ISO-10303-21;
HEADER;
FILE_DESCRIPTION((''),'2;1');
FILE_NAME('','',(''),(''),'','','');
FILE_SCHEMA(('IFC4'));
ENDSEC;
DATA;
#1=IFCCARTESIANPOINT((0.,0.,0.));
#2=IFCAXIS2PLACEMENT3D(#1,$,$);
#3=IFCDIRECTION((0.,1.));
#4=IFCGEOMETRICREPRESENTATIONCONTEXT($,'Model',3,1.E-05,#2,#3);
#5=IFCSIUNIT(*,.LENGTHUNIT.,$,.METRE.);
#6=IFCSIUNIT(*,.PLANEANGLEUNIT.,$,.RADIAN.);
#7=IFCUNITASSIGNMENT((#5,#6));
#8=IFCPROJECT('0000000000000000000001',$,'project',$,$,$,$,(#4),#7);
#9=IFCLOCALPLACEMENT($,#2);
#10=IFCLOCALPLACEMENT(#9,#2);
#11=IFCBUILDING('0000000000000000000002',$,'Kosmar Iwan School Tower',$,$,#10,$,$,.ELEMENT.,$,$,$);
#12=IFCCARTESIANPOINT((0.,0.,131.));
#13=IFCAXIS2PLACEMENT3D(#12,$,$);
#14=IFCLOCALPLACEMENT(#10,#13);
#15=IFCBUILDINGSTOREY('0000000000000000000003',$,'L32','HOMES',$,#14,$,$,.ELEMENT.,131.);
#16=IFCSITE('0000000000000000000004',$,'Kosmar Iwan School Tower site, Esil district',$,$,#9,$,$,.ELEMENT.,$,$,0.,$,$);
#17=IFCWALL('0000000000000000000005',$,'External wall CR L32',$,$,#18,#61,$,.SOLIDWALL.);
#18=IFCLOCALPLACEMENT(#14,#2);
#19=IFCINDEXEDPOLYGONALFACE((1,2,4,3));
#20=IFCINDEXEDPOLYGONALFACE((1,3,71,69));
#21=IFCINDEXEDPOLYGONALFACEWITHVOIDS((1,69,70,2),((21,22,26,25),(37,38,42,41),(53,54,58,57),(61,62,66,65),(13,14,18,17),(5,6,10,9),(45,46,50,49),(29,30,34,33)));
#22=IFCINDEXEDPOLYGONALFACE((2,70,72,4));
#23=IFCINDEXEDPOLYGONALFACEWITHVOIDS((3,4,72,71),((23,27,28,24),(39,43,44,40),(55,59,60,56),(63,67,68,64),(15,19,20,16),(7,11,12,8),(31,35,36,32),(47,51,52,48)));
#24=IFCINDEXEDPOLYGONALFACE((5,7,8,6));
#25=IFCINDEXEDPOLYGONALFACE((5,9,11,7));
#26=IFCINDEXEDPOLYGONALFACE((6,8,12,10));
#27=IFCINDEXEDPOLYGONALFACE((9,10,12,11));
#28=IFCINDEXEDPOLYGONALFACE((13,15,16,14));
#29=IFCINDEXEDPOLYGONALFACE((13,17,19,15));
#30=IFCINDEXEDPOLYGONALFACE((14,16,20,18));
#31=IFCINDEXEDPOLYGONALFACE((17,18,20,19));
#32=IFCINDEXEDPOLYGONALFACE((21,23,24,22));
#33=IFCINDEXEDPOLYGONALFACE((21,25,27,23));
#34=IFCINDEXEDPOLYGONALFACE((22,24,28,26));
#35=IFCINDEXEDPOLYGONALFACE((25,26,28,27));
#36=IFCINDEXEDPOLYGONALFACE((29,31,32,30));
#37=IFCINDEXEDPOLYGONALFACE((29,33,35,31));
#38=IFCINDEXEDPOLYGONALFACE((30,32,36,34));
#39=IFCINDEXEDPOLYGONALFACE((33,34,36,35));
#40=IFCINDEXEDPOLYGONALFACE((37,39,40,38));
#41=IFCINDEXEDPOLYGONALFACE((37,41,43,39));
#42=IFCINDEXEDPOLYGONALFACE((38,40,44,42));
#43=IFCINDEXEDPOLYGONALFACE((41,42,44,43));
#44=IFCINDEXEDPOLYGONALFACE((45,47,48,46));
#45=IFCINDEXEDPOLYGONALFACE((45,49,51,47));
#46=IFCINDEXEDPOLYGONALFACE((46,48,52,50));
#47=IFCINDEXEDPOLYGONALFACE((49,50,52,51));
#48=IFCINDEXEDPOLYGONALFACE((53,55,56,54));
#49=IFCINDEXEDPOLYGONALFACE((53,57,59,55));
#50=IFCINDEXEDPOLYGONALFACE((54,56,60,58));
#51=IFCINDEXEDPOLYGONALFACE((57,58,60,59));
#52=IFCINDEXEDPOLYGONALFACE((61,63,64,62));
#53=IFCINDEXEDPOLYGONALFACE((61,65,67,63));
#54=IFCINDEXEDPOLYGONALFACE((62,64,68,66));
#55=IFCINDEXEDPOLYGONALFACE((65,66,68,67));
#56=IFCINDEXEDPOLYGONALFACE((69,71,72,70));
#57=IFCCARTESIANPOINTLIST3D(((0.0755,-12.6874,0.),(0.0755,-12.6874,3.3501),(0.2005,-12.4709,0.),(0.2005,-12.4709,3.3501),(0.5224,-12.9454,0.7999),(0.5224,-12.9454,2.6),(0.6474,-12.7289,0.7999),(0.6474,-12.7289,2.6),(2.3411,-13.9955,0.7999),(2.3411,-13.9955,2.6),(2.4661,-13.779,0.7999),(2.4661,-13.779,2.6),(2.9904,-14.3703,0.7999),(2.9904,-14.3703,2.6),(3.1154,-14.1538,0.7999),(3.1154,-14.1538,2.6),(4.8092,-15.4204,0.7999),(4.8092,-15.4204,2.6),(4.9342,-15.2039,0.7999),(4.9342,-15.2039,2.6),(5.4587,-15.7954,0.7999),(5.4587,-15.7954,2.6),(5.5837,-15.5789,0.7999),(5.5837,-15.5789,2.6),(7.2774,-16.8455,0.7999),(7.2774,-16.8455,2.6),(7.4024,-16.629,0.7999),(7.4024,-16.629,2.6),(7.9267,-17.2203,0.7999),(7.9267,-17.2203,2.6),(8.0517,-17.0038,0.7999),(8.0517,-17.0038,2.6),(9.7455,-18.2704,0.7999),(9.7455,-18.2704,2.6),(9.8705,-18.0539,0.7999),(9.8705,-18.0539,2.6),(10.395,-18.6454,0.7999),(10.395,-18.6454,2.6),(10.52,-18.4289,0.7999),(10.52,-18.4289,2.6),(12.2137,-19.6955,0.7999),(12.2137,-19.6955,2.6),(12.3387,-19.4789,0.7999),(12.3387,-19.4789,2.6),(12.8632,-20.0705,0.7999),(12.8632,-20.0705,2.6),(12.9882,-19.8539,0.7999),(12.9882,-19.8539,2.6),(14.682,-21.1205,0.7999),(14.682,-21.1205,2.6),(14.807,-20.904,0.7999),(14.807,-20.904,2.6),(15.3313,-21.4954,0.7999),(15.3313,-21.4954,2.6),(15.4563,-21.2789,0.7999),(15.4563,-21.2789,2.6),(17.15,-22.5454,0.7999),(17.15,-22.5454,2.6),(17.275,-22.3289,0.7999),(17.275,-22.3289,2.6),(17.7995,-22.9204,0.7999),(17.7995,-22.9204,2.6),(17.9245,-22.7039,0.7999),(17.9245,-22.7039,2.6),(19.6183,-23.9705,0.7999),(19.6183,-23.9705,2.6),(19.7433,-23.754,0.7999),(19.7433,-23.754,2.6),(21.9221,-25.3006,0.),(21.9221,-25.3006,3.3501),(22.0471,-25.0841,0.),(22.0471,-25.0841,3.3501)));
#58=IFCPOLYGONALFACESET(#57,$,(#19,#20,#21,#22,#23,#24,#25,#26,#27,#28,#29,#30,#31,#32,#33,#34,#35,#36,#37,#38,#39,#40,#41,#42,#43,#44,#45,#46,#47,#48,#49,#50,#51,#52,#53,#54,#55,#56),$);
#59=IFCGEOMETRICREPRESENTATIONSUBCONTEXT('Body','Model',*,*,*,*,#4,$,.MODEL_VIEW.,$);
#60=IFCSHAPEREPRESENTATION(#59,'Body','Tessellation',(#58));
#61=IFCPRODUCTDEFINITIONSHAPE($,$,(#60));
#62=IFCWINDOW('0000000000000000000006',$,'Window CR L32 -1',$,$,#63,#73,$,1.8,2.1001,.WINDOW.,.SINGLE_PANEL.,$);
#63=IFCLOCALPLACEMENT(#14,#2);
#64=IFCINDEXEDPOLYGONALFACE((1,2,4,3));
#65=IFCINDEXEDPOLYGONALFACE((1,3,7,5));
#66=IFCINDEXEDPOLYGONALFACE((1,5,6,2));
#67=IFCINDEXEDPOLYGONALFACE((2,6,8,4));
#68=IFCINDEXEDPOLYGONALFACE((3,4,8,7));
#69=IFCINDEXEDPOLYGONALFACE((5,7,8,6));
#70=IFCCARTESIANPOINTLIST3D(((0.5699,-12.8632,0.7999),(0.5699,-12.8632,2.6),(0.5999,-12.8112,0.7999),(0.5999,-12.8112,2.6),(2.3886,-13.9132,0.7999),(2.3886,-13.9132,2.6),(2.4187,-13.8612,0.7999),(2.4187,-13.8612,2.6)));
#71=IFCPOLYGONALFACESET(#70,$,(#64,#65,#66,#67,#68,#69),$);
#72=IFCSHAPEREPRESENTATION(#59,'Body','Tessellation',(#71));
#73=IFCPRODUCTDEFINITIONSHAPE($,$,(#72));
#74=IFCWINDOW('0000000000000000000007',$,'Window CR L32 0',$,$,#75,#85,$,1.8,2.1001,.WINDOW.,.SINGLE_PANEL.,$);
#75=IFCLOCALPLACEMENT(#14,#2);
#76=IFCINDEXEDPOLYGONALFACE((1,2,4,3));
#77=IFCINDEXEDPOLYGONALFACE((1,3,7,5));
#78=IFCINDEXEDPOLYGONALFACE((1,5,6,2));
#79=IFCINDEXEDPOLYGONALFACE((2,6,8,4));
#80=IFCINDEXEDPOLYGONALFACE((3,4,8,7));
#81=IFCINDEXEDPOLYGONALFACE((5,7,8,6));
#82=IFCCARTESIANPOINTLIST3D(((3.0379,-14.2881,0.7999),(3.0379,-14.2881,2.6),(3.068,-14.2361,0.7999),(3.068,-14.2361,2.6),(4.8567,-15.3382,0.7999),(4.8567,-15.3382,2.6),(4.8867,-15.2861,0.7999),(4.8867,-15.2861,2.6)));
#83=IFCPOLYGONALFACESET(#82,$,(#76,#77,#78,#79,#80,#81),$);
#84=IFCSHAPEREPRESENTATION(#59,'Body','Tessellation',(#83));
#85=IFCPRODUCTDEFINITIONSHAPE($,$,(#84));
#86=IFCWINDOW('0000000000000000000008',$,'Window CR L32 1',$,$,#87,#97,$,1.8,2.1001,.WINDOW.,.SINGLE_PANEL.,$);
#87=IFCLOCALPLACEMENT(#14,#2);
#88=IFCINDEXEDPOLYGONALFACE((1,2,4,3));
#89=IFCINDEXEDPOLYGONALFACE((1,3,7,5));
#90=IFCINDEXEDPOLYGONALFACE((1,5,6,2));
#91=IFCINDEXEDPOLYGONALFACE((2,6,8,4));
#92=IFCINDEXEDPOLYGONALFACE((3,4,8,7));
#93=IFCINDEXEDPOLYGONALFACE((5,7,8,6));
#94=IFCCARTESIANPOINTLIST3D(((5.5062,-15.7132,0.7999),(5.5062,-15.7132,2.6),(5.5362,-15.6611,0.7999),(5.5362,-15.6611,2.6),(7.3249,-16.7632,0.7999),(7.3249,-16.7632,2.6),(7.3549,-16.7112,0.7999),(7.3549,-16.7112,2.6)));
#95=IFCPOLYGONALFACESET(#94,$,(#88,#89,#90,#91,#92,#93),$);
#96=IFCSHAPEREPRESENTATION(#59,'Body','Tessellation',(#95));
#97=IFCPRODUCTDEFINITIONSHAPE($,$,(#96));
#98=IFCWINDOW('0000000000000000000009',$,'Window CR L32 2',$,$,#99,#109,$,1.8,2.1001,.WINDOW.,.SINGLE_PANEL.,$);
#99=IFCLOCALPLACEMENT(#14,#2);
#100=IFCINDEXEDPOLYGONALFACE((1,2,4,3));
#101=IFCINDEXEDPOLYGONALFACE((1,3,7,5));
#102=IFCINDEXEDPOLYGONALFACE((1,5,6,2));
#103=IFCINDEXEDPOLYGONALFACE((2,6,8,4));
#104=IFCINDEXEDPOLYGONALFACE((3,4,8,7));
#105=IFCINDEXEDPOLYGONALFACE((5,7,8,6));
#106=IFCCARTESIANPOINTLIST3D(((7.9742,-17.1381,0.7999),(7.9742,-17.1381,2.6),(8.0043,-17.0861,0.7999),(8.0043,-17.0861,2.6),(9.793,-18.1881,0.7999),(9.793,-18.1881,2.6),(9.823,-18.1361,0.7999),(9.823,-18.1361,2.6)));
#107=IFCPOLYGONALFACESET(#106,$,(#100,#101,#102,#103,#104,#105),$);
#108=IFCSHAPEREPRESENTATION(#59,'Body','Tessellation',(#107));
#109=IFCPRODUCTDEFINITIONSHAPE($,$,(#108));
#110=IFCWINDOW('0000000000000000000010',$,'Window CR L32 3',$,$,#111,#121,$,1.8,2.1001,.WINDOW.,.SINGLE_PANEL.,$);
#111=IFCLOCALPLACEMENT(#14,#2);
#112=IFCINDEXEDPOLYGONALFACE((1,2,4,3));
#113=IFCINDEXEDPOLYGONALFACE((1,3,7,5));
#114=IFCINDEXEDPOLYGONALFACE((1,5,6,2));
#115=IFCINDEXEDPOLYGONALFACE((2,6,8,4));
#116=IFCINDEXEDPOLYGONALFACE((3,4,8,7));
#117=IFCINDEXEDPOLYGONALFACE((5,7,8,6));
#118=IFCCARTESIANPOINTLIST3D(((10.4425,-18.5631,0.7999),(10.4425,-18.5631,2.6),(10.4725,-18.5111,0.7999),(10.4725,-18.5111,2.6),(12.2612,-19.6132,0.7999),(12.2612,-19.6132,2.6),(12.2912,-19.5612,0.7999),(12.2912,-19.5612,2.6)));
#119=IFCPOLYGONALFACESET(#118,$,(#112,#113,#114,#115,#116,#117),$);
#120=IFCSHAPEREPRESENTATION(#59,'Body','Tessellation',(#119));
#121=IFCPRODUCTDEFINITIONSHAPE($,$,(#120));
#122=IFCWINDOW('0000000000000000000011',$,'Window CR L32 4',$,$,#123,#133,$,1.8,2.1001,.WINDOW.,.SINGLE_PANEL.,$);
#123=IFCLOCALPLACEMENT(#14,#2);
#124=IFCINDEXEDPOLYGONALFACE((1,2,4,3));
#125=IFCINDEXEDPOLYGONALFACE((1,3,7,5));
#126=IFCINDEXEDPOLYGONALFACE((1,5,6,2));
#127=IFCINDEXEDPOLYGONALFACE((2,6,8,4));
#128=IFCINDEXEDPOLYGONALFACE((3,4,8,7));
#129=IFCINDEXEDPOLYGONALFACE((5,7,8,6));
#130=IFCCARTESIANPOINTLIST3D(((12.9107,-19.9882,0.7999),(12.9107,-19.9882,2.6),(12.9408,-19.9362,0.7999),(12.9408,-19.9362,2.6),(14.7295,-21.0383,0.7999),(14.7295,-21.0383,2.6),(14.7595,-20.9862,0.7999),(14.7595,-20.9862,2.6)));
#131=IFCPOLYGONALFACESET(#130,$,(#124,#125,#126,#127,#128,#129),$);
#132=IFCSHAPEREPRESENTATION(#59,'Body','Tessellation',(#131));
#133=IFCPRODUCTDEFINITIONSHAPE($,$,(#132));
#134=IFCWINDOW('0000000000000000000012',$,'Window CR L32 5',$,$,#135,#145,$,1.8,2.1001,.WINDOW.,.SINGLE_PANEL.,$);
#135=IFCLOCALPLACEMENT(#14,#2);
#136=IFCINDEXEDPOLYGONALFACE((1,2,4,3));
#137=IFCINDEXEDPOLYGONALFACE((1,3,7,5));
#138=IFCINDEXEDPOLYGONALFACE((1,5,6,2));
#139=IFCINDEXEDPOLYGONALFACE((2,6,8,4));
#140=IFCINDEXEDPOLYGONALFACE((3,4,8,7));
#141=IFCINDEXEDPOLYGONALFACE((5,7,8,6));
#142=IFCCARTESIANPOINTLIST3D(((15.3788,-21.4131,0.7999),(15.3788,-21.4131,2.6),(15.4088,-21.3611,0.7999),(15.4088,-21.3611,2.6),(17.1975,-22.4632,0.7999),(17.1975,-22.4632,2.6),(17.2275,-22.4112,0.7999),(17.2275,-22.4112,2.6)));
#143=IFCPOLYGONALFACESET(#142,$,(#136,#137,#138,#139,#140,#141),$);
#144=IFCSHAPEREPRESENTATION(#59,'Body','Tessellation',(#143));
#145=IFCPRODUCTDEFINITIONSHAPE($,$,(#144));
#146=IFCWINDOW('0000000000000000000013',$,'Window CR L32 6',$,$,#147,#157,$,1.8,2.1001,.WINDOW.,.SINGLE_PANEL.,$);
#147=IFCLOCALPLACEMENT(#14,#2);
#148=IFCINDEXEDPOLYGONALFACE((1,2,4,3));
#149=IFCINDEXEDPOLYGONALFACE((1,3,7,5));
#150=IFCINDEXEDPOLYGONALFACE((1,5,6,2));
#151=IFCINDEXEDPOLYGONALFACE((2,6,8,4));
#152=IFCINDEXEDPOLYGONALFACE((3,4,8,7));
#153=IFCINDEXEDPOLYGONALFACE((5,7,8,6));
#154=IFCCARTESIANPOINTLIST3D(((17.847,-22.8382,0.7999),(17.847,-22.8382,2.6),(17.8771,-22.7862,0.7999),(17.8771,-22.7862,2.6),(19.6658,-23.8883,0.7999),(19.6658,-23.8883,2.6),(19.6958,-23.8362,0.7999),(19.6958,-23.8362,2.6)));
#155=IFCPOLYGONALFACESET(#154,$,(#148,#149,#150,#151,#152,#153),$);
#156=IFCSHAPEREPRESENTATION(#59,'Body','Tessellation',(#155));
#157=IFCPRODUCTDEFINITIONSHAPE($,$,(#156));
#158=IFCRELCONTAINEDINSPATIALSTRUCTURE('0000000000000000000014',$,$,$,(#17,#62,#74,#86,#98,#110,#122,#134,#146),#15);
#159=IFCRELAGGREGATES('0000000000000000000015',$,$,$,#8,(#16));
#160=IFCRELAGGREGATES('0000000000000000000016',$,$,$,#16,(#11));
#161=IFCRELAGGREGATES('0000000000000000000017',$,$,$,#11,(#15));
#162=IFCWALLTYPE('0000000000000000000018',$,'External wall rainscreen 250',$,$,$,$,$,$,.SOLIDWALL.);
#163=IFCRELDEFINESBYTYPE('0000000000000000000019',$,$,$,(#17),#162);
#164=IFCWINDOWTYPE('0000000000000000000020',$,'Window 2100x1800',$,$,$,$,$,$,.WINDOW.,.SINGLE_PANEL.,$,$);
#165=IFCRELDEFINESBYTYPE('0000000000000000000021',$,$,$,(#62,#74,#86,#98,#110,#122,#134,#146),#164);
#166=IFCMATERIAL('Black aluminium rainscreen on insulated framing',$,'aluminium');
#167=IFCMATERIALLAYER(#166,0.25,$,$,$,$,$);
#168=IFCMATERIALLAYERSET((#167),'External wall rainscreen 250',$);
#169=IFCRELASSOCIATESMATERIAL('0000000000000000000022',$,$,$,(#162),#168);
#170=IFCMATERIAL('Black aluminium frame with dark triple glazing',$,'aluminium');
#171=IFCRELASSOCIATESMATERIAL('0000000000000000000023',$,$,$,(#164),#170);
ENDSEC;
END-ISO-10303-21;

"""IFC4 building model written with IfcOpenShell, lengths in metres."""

from ifc_helpers import new_model, si_unit, direction, frame, frame_2d, origin, place, context, subcontext, project, spatial, rectangle, extrude, material, layer, layer_set, type_object, element, fill, save


model = new_model("IFC4")

# Units and contexts
model_context = context("Model", 3, precision=1e-05, world=origin(), true_north=direction((0.0, 1.0)))
body_context = subcontext(model_context, "Body", "Model", "MODEL_VIEW")
ifc_project = project(units=[si_unit("LENGTHUNIT", "METRE"), si_unit("PLANEANGLEUNIT", "RADIAN")], contexts=[model_context])

# Site, building, storey
site_placement = place(None, origin())
site = spatial("IfcSite", under=ifc_project, at=site_placement, Name="Kosmar Iwan School Tower site, Esil district", CompositionType="ELEMENT", RefElevation=0.0)
building_placement = place(site_placement, origin())
building = spatial("IfcBuilding", under=site, at=building_placement, Name="Kosmar Iwan School Tower", CompositionType="ELEMENT")
storey_placement = place(building_placement, frame((0.0, 0.0, 131.0)))
storey = spatial("IfcBuildingStorey", under=building, at=storey_placement, Name="L32", Description="HOMES", CompositionType="ELEMENT", Elevation=131.0)

# Wall, openings, windows
ifc_material_1 = material(Name="Black aluminium rainscreen on insulated framing", Category="aluminium")
ifc_layer = layer(ifc_material_1, 0.25)
ifc_layer_set = layer_set([ifc_layer], Name="External wall rainscreen 250")
wall_type = type_object("IfcWallType", Name="External wall rainscreen 250", PredefinedType="SOLIDWALL", material=ifc_layer_set)
ifc_material_2 = material(Name="Black aluminium frame with dark triple glazing", Category="aluminium")
window_type = type_object("IfcWindowType", Name="Window 2100x1800", PartitioningType="SINGLE_PANEL", PredefinedType="WINDOW", material=ifc_material_2)
wall_1_placement = place(storey_placement, frame((0.1379, -12.5791, 0.0), z_axis=(0.0, 0.0, 1.0), x_axis=(0.866024, -0.500003, 0.0)))
wall_1 = element("IfcWall", 1, at=wall_1_placement, inside=storey, type_object=wall_type, Name="External wall CR L32", PredefinedType="SOLIDWALL", context=body_context, shape_type="SweptSolid", body=[
    extrude(rectangle(XDim=25.2263, YDim=0.25, at=frame_2d((12.6133, 0.0))), origin(), (0.0, 0.0, 1.0), 3.3501),
])
opening_1_placement = place(wall_1_placement, frame((0.5161, 0.0, 0.8)))
opening_1 = element("IfcOpeningElement", 2, at=opening_1_placement, cuts=wall_1, PredefinedType="OPENING", context=body_context, shape_type="SweptSolid", body=[
    extrude(rectangle(XDim=2.1001, YDim=1.8, at=frame_2d((1.05, 0.8999))), frame((0.0, 0.137, 0.0), z_axis=(0.0, -1.0, 0.0), x_axis=(1.0, 0.0, 0.0)), (0.0, 0.0, 1.0), 0.2739),
])
opening_2_placement = place(wall_1_placement, frame((3.366, 0.0, 0.8)))
opening_2 = element("IfcOpeningElement", 3, at=opening_2_placement, cuts=wall_1, PredefinedType="OPENING", context=body_context, shape_type="SweptSolid", body=[
    extrude(rectangle(XDim=2.1001, YDim=1.8, at=frame_2d((1.05, 0.8999))), frame((0.0, 0.137, 0.0), z_axis=(0.0, -1.0, 0.0), x_axis=(1.0, 0.0, 0.0)), (0.0, 0.0, 1.0), 0.2739),
])
opening_3_placement = place(wall_1_placement, frame((6.2161, 0.0, 0.8)))
opening_3 = element("IfcOpeningElement", 4, at=opening_3_placement, cuts=wall_1, PredefinedType="OPENING", context=body_context, shape_type="SweptSolid", body=[
    extrude(rectangle(XDim=2.1001, YDim=1.8, at=frame_2d((1.05, 0.8999))), frame((0.0, 0.137, 0.0), z_axis=(0.0, -1.0, 0.0), x_axis=(1.0, 0.0, 0.0)), (0.0, 0.0, 1.0), 0.2739),
])
opening_4_placement = place(wall_1_placement, frame((9.0659, 0.0, 0.8)))
opening_4 = element("IfcOpeningElement", 5, at=opening_4_placement, cuts=wall_1, PredefinedType="OPENING", context=body_context, shape_type="SweptSolid", body=[
    extrude(rectangle(XDim=2.1001, YDim=1.8, at=frame_2d((1.05, 0.8999))), frame((0.0, 0.137, 0.0), z_axis=(0.0, -1.0, 0.0), x_axis=(1.0, 0.0, 0.0)), (0.0, 0.0, 1.0), 0.2739),
])
opening_5_placement = place(wall_1_placement, frame((11.916, 0.0, 0.8)))
opening_5 = element("IfcOpeningElement", 6, at=opening_5_placement, cuts=wall_1, PredefinedType="OPENING", context=body_context, shape_type="SweptSolid", body=[
    extrude(rectangle(XDim=2.1001, YDim=1.8, at=frame_2d((1.05, 0.8999))), frame((0.0, 0.137, 0.0), z_axis=(0.0, -1.0, 0.0), x_axis=(1.0, 0.0, 0.0)), (0.0, 0.0, 1.0), 0.2739),
])
opening_6_placement = place(wall_1_placement, frame((14.7661, 0.0, 0.8)))
opening_6 = element("IfcOpeningElement", 7, at=opening_6_placement, cuts=wall_1, PredefinedType="OPENING", context=body_context, shape_type="SweptSolid", body=[
    extrude(rectangle(XDim=2.1001, YDim=1.8, at=frame_2d((1.05, 0.8999))), frame((0.0, 0.137, 0.0), z_axis=(0.0, -1.0, 0.0), x_axis=(1.0, 0.0, 0.0)), (0.0, 0.0, 1.0), 0.2739),
])
opening_7_placement = place(wall_1_placement, frame((17.616, 0.0, 0.8)))
opening_7 = element("IfcOpeningElement", 8, at=opening_7_placement, cuts=wall_1, PredefinedType="OPENING", context=body_context, shape_type="SweptSolid", body=[
    extrude(rectangle(XDim=2.1001, YDim=1.8, at=frame_2d((1.05, 0.8999))), frame((0.0, 0.137, 0.0), z_axis=(0.0, -1.0, 0.0), x_axis=(1.0, 0.0, 0.0)), (0.0, 0.0, 1.0), 0.2739),
])
opening_8_placement = place(wall_1_placement, frame((20.4661, 0.0, 0.8)))
opening_8 = element("IfcOpeningElement", 9, at=opening_8_placement, cuts=wall_1, PredefinedType="OPENING", context=body_context, shape_type="SweptSolid", body=[
    extrude(rectangle(XDim=2.1001, YDim=1.8, at=frame_2d((1.05, 0.8999))), frame((0.0, 0.137, 0.0), z_axis=(0.0, -1.0, 0.0), x_axis=(1.0, 0.0, 0.0)), (0.0, 0.0, 1.0), 0.2739),
])
window_1_placement = place(opening_1_placement, origin())
window_1 = element("IfcWindow", 10, at=window_1_placement, inside=storey, type_object=window_type, Name="Window CR L32 -1", OverallHeight=1.8, OverallWidth=2.1001, PartitioningType="SINGLE_PANEL", PredefinedType="WINDOW", context=body_context, shape_type="SweptSolid", body=[
    extrude(rectangle(XDim=2.1001, YDim=1.8, at=frame_2d((1.05, 0.8999))), frame((0.0, 0.03, 0.0), z_axis=(0.0, -1.0, 0.0), x_axis=(1.0, 0.0, 0.0)), (0.0, 0.0, 1.0), 0.0601),
])
fill(opening_1, window_1)
window_2_placement = place(opening_2_placement, origin())
window_2 = element("IfcWindow", 11, at=window_2_placement, inside=storey, type_object=window_type, Name="Window CR L32 0", OverallHeight=1.8, OverallWidth=2.1001, PartitioningType="SINGLE_PANEL", PredefinedType="WINDOW", context=body_context, shape_type="SweptSolid", body=[
    extrude(rectangle(XDim=2.1001, YDim=1.8, at=frame_2d((1.05, 0.8999))), frame((0.0, 0.03, 0.0), z_axis=(0.0, -1.0, 0.0), x_axis=(1.0, 0.0, 0.0)), (0.0, 0.0, 1.0), 0.0601),
])
fill(opening_2, window_2)
window_3_placement = place(opening_3_placement, origin())
window_3 = element("IfcWindow", 12, at=window_3_placement, inside=storey, type_object=window_type, Name="Window CR L32 1", OverallHeight=1.8, OverallWidth=2.1001, PartitioningType="SINGLE_PANEL", PredefinedType="WINDOW", context=body_context, shape_type="SweptSolid", body=[
    extrude(rectangle(XDim=2.1001, YDim=1.8, at=frame_2d((1.05, 0.8999))), frame((0.0, 0.03, 0.0), z_axis=(0.0, -1.0, 0.0), x_axis=(1.0, 0.0, 0.0)), (0.0, 0.0, 1.0), 0.0601),
])
fill(opening_3, window_3)
window_4_placement = place(opening_4_placement, origin())
window_4 = element("IfcWindow", 13, at=window_4_placement, inside=storey, type_object=window_type, Name="Window CR L32 2", OverallHeight=1.8, OverallWidth=2.1001, PartitioningType="SINGLE_PANEL", PredefinedType="WINDOW", context=body_context, shape_type="SweptSolid", body=[
    extrude(rectangle(XDim=2.1001, YDim=1.8, at=frame_2d((1.05, 0.8999))), frame((0.0, 0.03, 0.0), z_axis=(0.0, -1.0, 0.0), x_axis=(1.0, 0.0, 0.0)), (0.0, 0.0, 1.0), 0.0601),
])
fill(opening_4, window_4)
window_5_placement = place(opening_5_placement, origin())
window_5 = element("IfcWindow", 14, at=window_5_placement, inside=storey, type_object=window_type, Name="Window CR L32 3", OverallHeight=1.8, OverallWidth=2.1001, PartitioningType="SINGLE_PANEL", PredefinedType="WINDOW", context=body_context, shape_type="SweptSolid", body=[
    extrude(rectangle(XDim=2.1001, YDim=1.8, at=frame_2d((1.05, 0.8999))), frame((0.0, 0.03, 0.0), z_axis=(0.0, -1.0, 0.0), x_axis=(1.0, 0.0, 0.0)), (0.0, 0.0, 1.0), 0.0601),
])
fill(opening_5, window_5)
window_6_placement = place(opening_6_placement, origin())
window_6 = element("IfcWindow", 15, at=window_6_placement, inside=storey, type_object=window_type, Name="Window CR L32 4", OverallHeight=1.8, OverallWidth=2.1001, PartitioningType="SINGLE_PANEL", PredefinedType="WINDOW", context=body_context, shape_type="SweptSolid", body=[
    extrude(rectangle(XDim=2.1001, YDim=1.8, at=frame_2d((1.05, 0.8999))), frame((0.0, 0.03, 0.0), z_axis=(0.0, -1.0, 0.0), x_axis=(1.0, 0.0, 0.0)), (0.0, 0.0, 1.0), 0.0601),
])
fill(opening_6, window_6)
window_7_placement = place(opening_7_placement, origin())
window_7 = element("IfcWindow", 16, at=window_7_placement, inside=storey, type_object=window_type, Name="Window CR L32 5", OverallHeight=1.8, OverallWidth=2.1001, PartitioningType="SINGLE_PANEL", PredefinedType="WINDOW", context=body_context, shape_type="SweptSolid", body=[
    extrude(rectangle(XDim=2.1001, YDim=1.8, at=frame_2d((1.05, 0.8999))), frame((0.0, 0.03, 0.0), z_axis=(0.0, -1.0, 0.0), x_axis=(1.0, 0.0, 0.0)), (0.0, 0.0, 1.0), 0.0601),
])
fill(opening_7, window_7)
window_8_placement = place(opening_8_placement, origin())
window_8 = element("IfcWindow", 17, at=window_8_placement, inside=storey, type_object=window_type, Name="Window CR L32 6", OverallHeight=1.8, OverallWidth=2.1001, PartitioningType="SINGLE_PANEL", PredefinedType="WINDOW", context=body_context, shape_type="SweptSolid", body=[
    extrude(rectangle(XDim=2.1001, YDim=1.8, at=frame_2d((1.05, 0.8999))), frame((0.0, 0.03, 0.0), z_axis=(0.0, -1.0, 0.0), x_axis=(1.0, 0.0, 0.0)), (0.0, 0.0, 1.0), 0.0601),
])
fill(opening_8, window_8)

save(model, "model.ifc")
